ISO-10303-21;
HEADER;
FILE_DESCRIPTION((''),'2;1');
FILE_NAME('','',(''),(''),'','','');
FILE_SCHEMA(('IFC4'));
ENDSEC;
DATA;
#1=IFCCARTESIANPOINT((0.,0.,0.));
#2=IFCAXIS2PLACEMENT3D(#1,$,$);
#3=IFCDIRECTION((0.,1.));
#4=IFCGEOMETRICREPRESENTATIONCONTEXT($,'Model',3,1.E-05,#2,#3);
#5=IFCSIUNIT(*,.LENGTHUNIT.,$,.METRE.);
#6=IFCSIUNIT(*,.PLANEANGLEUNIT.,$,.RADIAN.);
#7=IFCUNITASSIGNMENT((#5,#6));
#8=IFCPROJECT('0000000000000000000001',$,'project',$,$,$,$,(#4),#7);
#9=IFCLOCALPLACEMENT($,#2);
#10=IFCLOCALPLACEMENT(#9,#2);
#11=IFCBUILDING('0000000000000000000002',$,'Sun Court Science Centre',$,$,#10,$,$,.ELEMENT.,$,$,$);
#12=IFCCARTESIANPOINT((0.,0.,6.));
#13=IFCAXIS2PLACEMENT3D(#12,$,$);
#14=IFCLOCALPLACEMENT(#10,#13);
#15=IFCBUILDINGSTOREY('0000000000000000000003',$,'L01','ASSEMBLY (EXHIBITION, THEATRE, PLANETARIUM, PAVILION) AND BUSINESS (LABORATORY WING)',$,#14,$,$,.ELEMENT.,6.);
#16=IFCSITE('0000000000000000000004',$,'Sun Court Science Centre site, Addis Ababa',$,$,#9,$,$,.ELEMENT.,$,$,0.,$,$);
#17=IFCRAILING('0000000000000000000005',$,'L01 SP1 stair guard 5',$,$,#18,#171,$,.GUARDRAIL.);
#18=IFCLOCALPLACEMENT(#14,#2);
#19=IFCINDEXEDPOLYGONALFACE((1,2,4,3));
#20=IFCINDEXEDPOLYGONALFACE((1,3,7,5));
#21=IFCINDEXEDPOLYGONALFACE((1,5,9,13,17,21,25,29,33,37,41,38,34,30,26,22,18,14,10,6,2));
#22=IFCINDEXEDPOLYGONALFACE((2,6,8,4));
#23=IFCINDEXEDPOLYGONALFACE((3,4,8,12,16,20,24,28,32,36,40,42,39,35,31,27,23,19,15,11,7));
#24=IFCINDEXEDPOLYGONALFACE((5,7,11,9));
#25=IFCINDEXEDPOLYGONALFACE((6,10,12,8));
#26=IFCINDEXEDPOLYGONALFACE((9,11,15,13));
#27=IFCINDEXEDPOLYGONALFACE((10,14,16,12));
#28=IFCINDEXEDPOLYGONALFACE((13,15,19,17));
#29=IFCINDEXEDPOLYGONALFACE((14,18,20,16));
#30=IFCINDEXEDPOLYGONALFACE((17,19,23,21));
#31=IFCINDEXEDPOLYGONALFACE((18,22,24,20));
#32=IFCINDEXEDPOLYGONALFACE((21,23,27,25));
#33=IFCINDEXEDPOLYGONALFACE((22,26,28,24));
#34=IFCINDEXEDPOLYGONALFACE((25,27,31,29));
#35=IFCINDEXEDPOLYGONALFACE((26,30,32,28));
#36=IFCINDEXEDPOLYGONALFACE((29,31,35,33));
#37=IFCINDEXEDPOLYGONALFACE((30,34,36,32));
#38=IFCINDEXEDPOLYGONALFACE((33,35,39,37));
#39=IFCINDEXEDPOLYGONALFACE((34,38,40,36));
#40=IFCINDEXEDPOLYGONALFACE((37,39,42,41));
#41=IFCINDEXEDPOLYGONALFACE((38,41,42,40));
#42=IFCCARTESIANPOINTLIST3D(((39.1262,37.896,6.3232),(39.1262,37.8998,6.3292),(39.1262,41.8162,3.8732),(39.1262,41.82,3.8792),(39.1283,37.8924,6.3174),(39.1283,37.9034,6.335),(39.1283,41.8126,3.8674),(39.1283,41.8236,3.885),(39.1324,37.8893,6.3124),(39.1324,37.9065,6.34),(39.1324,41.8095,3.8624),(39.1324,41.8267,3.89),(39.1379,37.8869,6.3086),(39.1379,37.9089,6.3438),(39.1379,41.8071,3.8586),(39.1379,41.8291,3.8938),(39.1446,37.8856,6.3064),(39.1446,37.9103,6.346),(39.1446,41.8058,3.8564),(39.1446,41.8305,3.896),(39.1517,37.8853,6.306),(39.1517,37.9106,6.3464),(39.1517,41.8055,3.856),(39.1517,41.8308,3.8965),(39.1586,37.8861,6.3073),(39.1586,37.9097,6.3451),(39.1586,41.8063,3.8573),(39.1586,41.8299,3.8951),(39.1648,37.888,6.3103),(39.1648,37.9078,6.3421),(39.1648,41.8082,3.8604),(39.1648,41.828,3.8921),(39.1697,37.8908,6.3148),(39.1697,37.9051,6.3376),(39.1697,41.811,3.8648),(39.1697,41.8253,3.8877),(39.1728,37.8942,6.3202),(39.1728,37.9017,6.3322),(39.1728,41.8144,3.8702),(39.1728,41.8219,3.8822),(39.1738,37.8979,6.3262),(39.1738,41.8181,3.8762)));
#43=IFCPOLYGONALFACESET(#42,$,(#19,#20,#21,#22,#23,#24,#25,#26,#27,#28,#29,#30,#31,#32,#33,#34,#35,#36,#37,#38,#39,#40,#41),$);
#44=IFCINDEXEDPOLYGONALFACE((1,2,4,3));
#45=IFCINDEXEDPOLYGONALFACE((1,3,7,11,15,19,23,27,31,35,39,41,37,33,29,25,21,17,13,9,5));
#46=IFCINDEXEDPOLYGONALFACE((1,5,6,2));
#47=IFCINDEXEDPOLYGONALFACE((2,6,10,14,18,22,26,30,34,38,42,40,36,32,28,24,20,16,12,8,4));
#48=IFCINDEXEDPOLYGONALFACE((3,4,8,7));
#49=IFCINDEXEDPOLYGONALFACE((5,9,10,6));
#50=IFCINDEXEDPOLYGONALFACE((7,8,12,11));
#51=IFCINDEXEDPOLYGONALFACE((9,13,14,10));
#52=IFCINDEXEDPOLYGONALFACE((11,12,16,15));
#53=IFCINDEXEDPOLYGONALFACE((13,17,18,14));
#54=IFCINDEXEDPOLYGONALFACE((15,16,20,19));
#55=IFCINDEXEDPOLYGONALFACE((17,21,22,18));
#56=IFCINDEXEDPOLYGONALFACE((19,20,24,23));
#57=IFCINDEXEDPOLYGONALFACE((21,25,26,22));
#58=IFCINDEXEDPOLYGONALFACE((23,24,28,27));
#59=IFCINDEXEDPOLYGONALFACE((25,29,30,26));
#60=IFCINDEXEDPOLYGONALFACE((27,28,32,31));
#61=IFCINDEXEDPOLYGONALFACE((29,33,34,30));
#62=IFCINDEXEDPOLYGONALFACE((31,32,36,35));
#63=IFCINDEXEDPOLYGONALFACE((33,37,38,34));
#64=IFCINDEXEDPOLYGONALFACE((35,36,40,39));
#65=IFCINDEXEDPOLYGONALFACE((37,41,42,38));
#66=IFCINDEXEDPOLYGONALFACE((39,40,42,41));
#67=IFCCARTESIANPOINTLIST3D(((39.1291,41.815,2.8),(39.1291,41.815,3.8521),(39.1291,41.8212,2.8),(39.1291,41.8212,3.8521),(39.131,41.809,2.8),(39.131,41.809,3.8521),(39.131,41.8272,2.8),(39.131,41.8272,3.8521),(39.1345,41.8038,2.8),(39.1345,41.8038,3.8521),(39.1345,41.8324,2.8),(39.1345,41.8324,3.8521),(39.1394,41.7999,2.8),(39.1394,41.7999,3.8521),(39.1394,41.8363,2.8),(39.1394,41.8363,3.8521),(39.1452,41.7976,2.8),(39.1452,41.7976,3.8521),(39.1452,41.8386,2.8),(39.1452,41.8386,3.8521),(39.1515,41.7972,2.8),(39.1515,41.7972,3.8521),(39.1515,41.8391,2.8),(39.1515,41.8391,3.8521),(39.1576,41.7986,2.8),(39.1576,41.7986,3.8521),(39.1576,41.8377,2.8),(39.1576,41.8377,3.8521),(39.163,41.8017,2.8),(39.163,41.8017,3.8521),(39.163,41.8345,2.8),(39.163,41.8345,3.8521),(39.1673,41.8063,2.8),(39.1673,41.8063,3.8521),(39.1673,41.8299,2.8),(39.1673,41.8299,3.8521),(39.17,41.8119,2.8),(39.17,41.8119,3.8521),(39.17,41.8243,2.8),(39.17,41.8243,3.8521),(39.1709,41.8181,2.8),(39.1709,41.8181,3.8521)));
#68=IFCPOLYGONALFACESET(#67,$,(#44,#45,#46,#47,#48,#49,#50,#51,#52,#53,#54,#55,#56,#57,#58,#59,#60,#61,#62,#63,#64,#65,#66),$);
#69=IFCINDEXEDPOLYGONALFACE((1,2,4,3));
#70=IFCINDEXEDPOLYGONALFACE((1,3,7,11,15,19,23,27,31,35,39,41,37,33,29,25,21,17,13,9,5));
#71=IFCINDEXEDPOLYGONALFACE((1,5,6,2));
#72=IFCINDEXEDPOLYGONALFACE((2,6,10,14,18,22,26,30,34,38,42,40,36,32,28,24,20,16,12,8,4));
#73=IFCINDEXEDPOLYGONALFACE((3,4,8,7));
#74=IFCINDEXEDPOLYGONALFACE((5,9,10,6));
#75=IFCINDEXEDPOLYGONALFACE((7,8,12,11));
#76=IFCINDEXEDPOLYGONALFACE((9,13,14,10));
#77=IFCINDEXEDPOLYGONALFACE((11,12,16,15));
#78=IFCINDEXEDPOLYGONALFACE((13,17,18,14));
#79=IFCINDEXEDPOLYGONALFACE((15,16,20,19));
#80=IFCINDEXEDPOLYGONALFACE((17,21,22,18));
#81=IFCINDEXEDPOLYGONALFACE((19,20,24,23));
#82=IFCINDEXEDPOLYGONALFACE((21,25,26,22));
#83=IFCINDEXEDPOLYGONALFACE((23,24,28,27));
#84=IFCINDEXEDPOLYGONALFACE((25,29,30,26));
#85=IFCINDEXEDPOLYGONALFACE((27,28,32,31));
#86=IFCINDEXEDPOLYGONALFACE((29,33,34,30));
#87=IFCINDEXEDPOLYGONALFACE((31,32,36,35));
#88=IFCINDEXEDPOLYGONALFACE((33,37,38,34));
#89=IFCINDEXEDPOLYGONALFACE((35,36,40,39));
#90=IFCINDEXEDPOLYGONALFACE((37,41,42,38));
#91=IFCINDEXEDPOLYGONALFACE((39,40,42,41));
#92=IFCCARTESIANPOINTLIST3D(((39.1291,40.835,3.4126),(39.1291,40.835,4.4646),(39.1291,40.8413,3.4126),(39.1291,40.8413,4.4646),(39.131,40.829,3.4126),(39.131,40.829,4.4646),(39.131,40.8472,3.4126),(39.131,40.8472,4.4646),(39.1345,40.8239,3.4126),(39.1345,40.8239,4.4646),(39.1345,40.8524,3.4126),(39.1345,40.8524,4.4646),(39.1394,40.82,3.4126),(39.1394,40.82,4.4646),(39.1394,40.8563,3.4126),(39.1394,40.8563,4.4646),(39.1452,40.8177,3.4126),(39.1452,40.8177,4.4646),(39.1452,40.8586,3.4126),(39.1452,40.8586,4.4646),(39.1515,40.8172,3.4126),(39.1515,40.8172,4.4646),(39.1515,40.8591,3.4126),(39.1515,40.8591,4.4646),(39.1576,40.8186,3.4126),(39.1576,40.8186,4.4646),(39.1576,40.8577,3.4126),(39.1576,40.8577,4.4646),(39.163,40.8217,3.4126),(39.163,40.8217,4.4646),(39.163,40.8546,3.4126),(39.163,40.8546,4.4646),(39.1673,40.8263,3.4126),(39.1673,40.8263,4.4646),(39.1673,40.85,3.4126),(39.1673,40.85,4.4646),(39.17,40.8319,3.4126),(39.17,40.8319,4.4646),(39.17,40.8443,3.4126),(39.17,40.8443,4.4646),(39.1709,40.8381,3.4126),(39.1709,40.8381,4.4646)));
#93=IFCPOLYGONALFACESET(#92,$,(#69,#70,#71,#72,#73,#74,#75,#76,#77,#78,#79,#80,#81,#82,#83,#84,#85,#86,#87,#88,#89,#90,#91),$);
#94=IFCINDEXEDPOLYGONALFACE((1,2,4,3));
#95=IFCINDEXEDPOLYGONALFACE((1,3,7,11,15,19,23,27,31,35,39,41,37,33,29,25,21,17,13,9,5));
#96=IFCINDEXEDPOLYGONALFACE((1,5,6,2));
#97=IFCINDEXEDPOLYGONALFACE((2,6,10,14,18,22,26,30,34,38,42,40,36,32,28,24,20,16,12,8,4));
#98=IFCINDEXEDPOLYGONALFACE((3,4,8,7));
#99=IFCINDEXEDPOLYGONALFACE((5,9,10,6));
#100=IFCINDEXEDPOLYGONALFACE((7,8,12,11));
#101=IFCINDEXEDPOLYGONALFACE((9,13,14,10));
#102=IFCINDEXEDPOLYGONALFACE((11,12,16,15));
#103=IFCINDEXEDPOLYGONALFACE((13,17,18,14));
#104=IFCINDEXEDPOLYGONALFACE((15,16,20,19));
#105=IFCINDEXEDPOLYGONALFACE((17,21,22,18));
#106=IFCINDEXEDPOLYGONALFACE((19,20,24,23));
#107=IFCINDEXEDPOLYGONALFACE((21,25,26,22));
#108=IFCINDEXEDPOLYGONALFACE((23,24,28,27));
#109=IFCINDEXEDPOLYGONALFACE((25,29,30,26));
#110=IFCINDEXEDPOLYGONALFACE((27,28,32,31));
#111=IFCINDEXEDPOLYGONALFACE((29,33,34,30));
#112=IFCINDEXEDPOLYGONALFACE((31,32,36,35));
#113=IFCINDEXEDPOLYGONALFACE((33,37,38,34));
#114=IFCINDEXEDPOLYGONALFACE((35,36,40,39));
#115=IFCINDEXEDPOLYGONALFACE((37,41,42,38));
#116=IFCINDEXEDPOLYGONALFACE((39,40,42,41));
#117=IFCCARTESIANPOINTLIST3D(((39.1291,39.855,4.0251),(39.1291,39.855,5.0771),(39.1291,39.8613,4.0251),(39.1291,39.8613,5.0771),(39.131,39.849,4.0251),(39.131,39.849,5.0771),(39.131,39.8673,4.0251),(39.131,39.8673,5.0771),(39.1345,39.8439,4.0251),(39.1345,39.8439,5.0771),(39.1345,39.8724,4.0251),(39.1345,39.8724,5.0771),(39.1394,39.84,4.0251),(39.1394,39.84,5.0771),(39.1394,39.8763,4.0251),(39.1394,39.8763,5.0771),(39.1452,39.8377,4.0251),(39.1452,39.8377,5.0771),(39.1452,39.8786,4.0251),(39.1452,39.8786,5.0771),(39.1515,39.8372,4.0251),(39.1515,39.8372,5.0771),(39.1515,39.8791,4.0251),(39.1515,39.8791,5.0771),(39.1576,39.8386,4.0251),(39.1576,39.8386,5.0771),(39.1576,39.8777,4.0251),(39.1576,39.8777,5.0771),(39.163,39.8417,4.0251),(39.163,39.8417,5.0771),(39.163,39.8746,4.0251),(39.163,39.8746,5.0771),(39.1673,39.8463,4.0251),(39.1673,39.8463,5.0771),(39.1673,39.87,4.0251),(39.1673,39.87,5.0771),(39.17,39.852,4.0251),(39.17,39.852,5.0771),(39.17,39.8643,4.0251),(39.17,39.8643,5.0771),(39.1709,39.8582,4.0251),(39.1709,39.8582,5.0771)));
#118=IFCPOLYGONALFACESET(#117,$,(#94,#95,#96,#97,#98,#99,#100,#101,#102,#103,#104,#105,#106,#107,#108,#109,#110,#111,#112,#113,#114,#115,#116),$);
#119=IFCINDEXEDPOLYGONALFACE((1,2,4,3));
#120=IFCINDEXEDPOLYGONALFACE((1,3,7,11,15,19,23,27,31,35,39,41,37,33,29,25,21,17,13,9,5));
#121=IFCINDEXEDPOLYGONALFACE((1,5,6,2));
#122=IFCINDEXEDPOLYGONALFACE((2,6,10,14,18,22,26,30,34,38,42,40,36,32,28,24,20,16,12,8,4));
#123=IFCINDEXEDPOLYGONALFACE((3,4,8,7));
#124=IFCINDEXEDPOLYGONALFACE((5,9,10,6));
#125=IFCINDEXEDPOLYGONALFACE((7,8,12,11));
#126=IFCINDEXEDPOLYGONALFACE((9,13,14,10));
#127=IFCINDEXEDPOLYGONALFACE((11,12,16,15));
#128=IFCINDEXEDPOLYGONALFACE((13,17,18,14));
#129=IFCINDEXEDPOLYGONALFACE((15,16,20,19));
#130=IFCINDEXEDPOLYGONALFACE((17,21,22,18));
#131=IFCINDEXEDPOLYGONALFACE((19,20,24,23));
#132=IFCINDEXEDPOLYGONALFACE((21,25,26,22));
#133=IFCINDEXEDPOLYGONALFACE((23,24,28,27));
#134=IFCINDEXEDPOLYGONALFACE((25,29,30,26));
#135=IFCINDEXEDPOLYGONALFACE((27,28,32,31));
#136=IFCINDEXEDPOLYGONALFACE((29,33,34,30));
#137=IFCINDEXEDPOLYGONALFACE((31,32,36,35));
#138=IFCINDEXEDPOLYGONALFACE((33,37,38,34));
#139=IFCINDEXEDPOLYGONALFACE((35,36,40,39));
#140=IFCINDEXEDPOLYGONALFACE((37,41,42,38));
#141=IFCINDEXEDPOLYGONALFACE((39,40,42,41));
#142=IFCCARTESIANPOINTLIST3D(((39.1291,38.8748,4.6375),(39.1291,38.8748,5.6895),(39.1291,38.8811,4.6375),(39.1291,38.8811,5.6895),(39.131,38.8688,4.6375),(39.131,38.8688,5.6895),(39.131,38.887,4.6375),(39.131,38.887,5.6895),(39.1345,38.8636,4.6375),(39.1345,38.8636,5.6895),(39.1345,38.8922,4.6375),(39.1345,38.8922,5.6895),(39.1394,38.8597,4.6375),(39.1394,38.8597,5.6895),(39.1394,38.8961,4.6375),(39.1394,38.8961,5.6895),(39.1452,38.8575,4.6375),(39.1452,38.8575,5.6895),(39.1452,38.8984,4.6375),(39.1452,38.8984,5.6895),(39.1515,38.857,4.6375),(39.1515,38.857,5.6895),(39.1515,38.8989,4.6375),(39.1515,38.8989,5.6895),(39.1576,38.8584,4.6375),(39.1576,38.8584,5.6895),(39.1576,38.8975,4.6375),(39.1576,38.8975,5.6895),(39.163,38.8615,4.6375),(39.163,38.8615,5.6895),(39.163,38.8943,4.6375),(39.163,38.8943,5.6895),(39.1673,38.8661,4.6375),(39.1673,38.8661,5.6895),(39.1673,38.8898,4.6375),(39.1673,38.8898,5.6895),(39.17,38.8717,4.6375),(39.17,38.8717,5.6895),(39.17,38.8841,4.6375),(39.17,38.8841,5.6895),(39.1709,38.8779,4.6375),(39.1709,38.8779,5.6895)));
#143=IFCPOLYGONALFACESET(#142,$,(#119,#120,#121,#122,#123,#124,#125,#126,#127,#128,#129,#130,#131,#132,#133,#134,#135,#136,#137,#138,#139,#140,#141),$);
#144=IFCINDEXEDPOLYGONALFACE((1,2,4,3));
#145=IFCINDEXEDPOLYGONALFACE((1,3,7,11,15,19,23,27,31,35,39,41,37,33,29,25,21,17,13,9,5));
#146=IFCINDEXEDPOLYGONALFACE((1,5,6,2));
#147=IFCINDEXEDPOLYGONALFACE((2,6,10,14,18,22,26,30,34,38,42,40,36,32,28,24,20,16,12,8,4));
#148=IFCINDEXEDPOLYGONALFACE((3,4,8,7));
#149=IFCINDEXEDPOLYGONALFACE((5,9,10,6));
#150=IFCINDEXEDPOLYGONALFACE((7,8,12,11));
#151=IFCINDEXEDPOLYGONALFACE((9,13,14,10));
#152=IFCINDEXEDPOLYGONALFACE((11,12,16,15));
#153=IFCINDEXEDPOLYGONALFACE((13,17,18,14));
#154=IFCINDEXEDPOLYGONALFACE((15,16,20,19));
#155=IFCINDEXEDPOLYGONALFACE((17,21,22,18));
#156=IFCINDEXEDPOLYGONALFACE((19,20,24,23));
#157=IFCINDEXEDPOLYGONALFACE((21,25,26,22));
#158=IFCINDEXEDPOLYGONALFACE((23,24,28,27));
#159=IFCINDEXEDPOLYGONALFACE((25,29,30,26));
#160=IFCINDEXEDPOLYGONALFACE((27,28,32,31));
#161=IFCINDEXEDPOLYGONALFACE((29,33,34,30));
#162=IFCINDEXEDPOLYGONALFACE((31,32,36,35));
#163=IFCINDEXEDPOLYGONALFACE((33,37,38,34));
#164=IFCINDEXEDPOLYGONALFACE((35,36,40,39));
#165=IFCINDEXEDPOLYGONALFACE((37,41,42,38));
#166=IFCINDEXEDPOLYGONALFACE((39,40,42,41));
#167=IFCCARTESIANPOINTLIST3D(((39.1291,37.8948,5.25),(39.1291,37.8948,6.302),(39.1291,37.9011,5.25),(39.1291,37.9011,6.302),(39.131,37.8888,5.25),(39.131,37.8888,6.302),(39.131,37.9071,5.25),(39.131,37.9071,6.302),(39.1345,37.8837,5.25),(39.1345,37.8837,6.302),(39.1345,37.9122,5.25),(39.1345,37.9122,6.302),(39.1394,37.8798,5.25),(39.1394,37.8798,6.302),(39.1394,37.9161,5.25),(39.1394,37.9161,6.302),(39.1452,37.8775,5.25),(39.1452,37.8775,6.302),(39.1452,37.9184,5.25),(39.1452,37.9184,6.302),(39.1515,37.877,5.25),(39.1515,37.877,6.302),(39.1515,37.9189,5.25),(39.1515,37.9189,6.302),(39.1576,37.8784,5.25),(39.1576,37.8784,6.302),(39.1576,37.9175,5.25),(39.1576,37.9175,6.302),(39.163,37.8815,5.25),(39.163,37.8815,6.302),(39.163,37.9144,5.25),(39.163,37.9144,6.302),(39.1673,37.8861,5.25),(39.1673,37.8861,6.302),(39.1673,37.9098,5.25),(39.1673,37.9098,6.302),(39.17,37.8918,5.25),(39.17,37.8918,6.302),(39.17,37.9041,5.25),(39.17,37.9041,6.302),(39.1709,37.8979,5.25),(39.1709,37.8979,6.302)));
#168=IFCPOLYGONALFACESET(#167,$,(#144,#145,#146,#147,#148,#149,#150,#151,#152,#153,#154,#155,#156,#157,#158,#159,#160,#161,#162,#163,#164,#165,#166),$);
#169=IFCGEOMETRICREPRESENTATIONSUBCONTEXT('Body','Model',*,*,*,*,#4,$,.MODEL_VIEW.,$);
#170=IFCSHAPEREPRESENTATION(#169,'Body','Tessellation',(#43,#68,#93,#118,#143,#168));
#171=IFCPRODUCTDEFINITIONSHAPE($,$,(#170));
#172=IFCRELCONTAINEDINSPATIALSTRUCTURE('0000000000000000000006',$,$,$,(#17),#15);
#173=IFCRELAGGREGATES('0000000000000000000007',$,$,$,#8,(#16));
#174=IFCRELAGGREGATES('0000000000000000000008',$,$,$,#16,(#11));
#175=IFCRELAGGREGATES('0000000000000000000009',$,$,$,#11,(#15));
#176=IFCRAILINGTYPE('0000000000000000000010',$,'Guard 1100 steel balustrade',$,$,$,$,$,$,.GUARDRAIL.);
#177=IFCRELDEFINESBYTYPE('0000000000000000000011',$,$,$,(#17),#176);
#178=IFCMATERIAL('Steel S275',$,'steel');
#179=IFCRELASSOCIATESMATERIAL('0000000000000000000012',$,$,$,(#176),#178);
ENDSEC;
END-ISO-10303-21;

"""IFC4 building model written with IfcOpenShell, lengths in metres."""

from ifc_helpers import new_model, si_unit, direction, frame, origin, origin_2d, place, context, subcontext, project, spatial, circle, extrude, material, type_object, element, save


model = new_model("IFC4")

# Units and contexts
model_context = context("Model", 3, precision=1e-05, world=origin(), true_north=direction((0.0, 1.0)))
body_context = subcontext(model_context, "Body", "Model", "MODEL_VIEW")
ifc_project = project(units=[si_unit("LENGTHUNIT", "METRE"), si_unit("PLANEANGLEUNIT", "RADIAN")], contexts=[model_context])

# Site, building, storey
site_placement = place(None, origin())
site = spatial("IfcSite", under=ifc_project, at=site_placement, Name="Sun Court Science Centre site, Addis Ababa", CompositionType="ELEMENT", RefElevation=0.0)
building_placement = place(site_placement, origin())
building = spatial("IfcBuilding", under=site, at=building_placement, Name="Sun Court Science Centre", CompositionType="ELEMENT")
storey_placement = place(building_placement, frame((0.0, 0.0, 6.0)))
storey = spatial("IfcBuildingStorey", under=building, at=storey_placement, Name="L01", Description="ASSEMBLY (EXHIBITION, THEATRE, PLANETARIUM, PAVILION) AND BUSINESS (LABORATORY WING)", CompositionType="ELEMENT", Elevation=6.0)

# Railing
ifc_material_1 = material(Name="Steel S275", Category="steel")
railing_type_1 = type_object("IfcRailingType", Name="Guard 1100 steel balustrade", PredefinedType="GUARDRAIL", material=ifc_material_1)
railing_1_placement = place(storey_placement, frame((39.1499, 41.8181, 2.8)))
element("IfcRailing", 1, at=railing_1_placement, inside=storey, type_object=railing_type_1, Name="L01 SP1 stair guard 5", PredefinedType="GUARDRAIL", context=body_context, shape_type="SweptSolid", body=[
    extrude(circle(Radius=0.0239, at=origin_2d()), frame((0.0, 0.0, 1.0762), z_axis=(0.0, -0.848013, 0.529975), x_axis=(1.0, 0.0, 0.0)), (0.0, 0.0, 1.0), 4.6228),
    extrude(circle(Radius=0.021, at=origin_2d()), origin(), (0.0, 0.0, 1.0), 1.052),
    extrude(circle(Radius=0.021, at=origin_2d()), frame((0.0, -0.98, 0.6125)), (0.0, 0.0, 1.0), 1.052),
    extrude(circle(Radius=0.021, at=origin_2d()), frame((0.0, -1.96, 1.2251)), (0.0, 0.0, 1.0), 1.052),
    extrude(circle(Radius=0.021, at=origin_2d()), frame((0.0, -2.9402, 1.8374)), (0.0, 0.0, 1.0), 1.052),
    extrude(circle(Radius=0.021, at=origin_2d()), frame((0.0, -3.9202, 2.45)), (0.0, 0.0, 1.0), 1.052),
])

save(model, "model.ifc")
